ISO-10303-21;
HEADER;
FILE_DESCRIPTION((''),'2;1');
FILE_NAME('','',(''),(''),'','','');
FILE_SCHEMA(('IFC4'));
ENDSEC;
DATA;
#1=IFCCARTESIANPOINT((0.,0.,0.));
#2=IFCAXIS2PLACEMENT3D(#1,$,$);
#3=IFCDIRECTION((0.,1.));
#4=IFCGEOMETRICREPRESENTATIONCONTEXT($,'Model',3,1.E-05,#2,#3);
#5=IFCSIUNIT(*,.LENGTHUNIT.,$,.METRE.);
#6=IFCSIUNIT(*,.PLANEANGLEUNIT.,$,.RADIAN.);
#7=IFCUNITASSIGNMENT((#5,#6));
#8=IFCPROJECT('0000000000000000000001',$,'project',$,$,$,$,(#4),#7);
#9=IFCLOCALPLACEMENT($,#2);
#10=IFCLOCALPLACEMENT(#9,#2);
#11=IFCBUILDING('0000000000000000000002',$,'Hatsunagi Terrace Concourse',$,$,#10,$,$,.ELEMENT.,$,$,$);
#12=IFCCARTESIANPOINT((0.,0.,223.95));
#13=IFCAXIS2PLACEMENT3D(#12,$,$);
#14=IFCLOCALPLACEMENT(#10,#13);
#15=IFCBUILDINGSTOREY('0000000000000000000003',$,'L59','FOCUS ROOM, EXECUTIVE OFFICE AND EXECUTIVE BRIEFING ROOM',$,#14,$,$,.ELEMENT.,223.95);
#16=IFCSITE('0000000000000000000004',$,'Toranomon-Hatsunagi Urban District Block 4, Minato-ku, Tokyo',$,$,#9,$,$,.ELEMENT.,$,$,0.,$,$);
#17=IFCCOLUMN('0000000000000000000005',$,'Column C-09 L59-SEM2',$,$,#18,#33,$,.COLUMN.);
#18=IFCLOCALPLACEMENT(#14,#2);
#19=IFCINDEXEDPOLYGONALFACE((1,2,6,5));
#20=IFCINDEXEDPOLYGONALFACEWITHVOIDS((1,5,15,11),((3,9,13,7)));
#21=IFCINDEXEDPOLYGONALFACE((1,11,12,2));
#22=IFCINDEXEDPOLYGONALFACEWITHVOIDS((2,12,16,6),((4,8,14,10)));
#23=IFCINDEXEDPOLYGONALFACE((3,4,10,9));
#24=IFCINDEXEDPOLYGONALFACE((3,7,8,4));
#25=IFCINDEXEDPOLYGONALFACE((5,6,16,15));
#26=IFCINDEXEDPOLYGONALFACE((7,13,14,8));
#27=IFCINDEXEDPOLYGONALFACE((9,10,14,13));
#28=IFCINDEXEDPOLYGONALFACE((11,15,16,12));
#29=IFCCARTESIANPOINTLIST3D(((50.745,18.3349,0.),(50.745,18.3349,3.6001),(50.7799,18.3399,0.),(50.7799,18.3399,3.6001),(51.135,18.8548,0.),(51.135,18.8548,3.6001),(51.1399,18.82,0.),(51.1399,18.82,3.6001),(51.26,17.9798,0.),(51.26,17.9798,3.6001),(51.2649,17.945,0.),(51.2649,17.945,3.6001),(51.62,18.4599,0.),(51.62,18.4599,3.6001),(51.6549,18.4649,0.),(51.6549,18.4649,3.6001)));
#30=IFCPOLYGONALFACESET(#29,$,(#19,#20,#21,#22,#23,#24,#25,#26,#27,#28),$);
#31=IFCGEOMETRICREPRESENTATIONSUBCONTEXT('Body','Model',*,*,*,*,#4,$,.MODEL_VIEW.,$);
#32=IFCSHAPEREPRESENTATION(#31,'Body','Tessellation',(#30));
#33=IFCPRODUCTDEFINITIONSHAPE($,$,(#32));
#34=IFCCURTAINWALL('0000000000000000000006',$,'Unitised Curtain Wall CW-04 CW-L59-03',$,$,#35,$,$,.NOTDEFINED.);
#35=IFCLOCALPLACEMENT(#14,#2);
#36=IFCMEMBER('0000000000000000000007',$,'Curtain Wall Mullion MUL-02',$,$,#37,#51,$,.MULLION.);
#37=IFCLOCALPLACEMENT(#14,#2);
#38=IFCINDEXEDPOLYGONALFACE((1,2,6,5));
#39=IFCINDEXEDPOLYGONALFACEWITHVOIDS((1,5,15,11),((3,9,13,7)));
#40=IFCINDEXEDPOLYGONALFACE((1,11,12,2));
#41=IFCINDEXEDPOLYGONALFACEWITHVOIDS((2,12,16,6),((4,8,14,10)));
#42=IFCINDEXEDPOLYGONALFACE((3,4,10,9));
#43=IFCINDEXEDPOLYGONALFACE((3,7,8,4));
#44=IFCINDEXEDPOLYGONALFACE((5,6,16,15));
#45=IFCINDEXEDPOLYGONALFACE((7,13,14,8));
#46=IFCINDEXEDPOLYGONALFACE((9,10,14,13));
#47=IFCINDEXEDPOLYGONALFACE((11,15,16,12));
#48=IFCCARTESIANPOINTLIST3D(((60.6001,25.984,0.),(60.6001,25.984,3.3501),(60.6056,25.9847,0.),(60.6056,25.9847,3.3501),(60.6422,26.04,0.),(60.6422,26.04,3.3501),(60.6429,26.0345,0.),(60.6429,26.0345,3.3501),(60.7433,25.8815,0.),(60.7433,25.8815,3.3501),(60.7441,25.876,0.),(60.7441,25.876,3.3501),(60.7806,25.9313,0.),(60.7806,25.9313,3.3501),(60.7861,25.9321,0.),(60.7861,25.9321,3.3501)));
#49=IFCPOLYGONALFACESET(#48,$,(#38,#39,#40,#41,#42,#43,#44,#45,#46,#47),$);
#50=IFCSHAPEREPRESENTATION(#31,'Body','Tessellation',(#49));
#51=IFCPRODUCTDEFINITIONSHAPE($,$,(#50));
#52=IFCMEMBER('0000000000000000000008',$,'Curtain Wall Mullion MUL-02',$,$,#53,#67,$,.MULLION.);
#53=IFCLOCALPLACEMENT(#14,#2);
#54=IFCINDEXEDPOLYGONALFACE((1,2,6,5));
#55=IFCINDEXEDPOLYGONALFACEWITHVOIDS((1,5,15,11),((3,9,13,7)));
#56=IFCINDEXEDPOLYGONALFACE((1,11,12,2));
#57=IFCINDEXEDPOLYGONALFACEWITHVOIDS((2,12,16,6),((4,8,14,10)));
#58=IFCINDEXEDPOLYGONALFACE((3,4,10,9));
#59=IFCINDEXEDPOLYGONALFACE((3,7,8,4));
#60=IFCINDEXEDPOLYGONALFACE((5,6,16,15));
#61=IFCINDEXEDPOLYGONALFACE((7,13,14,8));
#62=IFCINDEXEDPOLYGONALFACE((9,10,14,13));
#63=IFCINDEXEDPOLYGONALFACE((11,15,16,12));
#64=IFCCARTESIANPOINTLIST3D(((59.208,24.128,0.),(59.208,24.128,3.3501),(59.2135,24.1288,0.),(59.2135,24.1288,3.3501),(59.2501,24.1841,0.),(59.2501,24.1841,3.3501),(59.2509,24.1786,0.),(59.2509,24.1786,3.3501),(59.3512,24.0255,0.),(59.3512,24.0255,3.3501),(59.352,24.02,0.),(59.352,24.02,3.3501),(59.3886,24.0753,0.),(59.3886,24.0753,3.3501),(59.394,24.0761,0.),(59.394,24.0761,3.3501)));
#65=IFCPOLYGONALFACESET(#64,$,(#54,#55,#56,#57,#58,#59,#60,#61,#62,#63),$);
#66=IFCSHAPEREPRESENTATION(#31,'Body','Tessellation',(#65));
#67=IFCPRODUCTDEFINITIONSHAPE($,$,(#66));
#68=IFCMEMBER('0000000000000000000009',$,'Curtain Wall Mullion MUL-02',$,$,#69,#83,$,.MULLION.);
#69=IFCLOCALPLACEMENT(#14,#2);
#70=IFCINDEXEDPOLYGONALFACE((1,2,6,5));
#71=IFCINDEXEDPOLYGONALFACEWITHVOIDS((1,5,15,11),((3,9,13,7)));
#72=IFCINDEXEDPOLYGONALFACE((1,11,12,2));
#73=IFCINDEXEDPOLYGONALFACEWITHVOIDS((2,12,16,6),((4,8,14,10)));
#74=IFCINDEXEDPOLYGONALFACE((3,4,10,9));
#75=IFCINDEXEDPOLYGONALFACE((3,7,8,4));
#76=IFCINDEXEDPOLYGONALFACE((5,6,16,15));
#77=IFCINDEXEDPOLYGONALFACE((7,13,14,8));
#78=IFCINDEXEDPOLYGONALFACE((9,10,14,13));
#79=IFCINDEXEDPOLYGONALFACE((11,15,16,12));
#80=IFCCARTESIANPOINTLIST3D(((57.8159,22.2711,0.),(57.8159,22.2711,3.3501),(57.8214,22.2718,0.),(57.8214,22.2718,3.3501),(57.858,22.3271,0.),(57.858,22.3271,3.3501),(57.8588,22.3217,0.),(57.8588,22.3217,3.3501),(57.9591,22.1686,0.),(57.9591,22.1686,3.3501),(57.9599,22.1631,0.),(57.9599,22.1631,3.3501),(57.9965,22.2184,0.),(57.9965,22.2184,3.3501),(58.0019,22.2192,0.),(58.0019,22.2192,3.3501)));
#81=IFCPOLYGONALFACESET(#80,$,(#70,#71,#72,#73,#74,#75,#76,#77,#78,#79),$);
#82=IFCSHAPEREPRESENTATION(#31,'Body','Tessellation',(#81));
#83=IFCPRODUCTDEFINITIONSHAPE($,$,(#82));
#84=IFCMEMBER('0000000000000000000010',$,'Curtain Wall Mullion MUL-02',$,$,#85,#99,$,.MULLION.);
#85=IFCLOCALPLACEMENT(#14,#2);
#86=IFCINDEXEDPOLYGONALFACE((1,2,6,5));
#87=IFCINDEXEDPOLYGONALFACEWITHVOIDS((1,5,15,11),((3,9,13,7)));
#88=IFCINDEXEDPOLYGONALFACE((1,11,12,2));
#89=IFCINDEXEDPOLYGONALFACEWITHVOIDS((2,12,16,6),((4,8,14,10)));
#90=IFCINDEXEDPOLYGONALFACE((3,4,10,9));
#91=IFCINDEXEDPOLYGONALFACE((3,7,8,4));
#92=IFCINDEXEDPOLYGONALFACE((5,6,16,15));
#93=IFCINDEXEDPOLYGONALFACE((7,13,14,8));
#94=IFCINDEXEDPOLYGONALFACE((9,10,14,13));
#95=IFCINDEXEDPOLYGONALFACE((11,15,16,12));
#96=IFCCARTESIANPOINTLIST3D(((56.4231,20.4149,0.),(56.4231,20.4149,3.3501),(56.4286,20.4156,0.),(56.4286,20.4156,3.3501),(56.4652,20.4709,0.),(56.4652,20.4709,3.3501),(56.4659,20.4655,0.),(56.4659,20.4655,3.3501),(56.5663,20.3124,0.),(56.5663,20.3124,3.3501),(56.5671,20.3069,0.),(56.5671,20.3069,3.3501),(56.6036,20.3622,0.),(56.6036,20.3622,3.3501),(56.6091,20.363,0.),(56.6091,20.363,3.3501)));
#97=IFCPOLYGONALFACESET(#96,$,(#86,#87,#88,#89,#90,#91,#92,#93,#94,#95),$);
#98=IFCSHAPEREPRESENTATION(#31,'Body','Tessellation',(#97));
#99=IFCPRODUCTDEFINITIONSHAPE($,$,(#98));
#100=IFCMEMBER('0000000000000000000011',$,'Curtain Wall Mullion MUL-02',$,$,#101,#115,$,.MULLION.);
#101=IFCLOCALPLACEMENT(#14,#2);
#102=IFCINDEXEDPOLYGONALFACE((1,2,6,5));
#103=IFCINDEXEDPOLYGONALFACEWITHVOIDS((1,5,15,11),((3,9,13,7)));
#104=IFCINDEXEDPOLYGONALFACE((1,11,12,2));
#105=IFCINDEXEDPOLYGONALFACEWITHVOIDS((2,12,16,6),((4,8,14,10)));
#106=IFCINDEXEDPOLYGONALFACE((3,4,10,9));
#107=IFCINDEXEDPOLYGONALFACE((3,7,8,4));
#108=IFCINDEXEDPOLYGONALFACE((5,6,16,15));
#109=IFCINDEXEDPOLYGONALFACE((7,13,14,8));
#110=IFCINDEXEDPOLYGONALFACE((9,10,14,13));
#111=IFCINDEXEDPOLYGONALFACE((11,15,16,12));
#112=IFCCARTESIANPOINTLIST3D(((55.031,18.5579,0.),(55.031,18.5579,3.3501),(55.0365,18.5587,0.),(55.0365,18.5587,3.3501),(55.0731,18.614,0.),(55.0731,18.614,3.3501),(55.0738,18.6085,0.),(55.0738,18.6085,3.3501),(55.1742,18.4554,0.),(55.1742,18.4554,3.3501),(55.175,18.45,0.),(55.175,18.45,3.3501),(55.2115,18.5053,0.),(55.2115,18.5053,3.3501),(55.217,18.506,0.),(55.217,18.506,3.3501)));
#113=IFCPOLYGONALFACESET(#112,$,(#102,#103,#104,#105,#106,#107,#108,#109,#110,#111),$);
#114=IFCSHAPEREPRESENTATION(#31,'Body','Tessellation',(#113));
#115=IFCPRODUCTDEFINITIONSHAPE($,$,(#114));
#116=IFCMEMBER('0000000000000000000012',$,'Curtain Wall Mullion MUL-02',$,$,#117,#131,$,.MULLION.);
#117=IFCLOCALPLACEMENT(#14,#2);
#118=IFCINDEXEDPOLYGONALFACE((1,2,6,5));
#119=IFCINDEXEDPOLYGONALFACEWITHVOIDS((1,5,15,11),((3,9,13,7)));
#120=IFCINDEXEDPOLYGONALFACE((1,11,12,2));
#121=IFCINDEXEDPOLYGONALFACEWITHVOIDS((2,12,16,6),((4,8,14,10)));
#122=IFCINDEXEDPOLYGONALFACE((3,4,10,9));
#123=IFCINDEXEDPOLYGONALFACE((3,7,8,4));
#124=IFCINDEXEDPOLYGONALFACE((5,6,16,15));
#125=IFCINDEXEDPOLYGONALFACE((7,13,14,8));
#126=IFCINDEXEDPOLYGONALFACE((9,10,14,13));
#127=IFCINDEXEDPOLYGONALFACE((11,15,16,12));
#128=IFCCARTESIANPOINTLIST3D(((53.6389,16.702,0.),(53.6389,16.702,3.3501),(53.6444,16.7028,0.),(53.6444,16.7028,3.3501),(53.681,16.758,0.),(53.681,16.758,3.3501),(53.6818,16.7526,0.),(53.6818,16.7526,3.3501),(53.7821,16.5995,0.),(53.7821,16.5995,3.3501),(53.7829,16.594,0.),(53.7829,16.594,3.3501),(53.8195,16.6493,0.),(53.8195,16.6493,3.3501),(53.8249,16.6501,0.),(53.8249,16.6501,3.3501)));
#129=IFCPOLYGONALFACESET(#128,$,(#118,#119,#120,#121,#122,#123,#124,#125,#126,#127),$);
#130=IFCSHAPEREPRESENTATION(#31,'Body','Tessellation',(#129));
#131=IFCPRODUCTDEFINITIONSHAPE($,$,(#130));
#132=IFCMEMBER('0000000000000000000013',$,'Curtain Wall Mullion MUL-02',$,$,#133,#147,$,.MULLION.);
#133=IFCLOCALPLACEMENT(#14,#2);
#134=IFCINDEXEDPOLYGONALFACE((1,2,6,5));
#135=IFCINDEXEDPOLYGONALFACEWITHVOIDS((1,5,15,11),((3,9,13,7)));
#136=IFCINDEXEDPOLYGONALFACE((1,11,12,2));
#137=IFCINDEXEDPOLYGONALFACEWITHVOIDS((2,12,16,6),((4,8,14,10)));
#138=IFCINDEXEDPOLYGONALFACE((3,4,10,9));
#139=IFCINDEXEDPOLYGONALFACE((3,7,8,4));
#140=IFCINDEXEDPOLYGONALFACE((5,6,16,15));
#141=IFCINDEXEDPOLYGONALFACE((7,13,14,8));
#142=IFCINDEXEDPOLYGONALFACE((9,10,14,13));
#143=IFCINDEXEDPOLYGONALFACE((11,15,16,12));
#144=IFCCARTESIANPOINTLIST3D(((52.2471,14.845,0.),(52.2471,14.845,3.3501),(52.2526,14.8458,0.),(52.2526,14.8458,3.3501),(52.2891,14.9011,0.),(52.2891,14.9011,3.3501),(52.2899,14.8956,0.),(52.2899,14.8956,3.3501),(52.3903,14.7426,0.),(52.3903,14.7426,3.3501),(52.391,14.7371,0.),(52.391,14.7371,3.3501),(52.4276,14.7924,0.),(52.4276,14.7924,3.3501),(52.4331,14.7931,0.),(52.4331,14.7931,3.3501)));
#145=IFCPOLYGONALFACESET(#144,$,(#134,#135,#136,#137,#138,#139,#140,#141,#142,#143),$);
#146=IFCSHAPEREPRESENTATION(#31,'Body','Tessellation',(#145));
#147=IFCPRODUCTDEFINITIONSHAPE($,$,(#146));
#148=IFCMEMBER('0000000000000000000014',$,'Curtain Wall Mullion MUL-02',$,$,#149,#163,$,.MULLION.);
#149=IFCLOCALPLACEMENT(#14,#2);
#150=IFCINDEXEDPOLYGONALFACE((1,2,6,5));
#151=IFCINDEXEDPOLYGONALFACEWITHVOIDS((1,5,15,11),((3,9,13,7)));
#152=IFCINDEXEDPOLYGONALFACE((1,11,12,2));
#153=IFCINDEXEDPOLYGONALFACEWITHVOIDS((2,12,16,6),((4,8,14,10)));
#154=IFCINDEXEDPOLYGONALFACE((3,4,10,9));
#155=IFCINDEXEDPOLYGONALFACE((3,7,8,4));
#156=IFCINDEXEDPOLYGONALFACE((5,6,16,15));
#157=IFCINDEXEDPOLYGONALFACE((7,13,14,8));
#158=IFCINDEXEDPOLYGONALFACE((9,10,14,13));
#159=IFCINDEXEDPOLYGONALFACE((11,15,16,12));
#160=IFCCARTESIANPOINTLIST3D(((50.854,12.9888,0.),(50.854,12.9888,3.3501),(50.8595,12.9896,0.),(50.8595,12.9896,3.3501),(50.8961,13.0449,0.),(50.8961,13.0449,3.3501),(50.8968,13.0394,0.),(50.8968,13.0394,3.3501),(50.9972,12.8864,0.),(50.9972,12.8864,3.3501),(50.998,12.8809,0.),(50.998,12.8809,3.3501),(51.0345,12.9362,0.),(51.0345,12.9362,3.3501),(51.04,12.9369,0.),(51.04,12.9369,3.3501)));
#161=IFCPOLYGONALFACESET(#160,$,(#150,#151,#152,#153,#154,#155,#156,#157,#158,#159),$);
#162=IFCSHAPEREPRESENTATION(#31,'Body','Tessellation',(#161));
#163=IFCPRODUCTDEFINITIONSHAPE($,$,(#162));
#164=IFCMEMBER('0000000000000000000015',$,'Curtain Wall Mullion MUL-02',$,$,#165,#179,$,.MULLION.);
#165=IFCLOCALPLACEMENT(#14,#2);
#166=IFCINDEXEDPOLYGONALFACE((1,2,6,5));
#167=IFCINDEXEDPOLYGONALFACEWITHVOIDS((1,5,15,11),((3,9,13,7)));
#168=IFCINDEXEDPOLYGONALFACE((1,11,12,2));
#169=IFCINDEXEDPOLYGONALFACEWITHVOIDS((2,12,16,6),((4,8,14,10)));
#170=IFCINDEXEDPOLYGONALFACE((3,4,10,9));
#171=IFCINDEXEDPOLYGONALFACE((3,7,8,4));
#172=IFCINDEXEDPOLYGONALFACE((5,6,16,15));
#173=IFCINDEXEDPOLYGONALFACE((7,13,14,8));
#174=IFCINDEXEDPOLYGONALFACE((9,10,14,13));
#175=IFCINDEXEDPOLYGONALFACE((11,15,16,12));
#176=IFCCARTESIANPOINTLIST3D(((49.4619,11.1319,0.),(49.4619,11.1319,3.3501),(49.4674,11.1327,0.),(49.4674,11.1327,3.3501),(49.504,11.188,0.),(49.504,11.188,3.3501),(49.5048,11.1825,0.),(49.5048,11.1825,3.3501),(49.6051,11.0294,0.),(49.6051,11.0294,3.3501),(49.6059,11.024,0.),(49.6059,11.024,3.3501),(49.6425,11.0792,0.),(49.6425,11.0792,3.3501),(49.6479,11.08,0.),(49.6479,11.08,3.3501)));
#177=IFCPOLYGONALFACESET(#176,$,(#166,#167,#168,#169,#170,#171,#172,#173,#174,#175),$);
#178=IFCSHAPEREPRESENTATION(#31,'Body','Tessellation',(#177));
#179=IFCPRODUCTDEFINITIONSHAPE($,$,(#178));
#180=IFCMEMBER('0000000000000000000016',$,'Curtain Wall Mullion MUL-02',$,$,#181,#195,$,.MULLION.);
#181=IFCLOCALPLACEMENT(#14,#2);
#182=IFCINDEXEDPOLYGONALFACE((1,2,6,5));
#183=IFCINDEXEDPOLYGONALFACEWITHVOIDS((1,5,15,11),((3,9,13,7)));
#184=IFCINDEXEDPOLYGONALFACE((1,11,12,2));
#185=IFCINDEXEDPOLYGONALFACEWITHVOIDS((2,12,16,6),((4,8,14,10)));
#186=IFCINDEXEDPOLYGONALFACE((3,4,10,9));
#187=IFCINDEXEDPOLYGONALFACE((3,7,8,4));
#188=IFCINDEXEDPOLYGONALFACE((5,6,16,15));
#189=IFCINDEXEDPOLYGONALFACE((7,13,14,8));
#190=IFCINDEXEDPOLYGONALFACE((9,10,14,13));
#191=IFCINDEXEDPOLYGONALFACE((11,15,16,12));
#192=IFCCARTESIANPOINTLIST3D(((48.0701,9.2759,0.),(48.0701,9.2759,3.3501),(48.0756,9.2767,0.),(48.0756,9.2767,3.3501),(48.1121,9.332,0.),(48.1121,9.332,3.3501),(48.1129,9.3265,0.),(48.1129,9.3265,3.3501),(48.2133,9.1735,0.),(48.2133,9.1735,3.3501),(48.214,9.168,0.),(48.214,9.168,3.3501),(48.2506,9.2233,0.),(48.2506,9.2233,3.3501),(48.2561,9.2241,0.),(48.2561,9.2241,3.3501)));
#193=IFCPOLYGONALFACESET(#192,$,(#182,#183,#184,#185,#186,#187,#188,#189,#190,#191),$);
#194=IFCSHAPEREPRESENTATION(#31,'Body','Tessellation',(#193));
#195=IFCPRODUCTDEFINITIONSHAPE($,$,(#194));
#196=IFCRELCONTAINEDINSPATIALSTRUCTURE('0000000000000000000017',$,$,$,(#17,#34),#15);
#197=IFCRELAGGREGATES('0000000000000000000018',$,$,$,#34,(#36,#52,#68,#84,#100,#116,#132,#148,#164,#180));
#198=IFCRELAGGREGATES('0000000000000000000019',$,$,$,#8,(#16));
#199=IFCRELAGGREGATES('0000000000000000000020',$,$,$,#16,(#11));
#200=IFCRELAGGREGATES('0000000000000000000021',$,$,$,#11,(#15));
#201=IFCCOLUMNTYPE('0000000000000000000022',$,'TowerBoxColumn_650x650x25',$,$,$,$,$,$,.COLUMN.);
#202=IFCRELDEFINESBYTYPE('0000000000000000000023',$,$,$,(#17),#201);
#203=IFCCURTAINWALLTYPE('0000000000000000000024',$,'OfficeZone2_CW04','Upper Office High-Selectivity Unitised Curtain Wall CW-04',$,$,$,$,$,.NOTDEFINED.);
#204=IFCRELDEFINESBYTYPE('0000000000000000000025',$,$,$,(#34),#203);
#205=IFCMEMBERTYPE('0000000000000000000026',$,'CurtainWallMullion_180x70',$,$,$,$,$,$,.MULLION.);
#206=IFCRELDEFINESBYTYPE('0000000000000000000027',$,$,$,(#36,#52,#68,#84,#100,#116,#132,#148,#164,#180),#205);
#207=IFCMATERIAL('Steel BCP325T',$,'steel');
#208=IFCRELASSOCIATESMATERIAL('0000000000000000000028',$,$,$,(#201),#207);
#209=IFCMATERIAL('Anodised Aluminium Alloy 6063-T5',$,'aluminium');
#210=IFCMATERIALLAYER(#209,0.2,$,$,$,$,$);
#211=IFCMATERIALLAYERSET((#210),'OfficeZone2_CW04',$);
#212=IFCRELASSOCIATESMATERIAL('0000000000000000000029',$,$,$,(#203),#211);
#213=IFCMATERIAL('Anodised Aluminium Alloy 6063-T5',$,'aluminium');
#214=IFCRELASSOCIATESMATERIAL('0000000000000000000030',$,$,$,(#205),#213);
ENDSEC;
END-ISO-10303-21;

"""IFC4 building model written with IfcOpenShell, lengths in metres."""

from ifc_helpers import new_model, si_unit, direction, frame, origin, origin_2d, place, context, subcontext, project, spatial, hollow_rectangle, extrude, material, layer, layer_set, material_profile, profile_set, type_object, element, aggregate, save


model = new_model("IFC4")

# Units and contexts
model_context = context("Model", 3, precision=1e-05, world=origin(), true_north=direction((0.0, 1.0)))
body_context = subcontext(model_context, "Body", "Model", "MODEL_VIEW")
ifc_project = project(units=[si_unit("LENGTHUNIT", "METRE"), si_unit("PLANEANGLEUNIT", "RADIAN")], contexts=[model_context])

# Site, building, storey
site_placement = place(None, origin())
site = spatial("IfcSite", under=ifc_project, at=site_placement, Name="Toranomon-Hatsunagi Urban District Block 4, Minato-ku, Tokyo", CompositionType="ELEMENT", RefElevation=0.0)
building_placement = place(site_placement, origin())
building = spatial("IfcBuilding", under=site, at=building_placement, Name="Hatsunagi Terrace Concourse", CompositionType="ELEMENT")
storey_placement = place(building_placement, frame((0.0, 0.0, 223.95)))
storey = spatial("IfcBuildingStorey", under=building, at=storey_placement, Name="L59", Description="FOCUS ROOM, EXECUTIVE OFFICE AND EXECUTIVE BRIEFING ROOM", CompositionType="ELEMENT", Elevation=223.95)

# Column
ifc_material_1 = material(Name="Steel BCP325T", Category="steel")
ifc_material_profile_1 = material_profile(ifc_material_1, hollow_rectangle(XDim=0.6499, YDim=0.6499, WallThickness=0.0249, at=origin_2d()), Name="BCP-650x650x25")
ifc_profile_set_1 = profile_set([ifc_material_profile_1], Name="Steel BCP325T")
column_type = type_object("IfcColumnType", Name="TowerBoxColumn_650x650x25", PredefinedType="COLUMN", material=ifc_profile_set_1)
column_placement = place(storey_placement, frame((51.2, 18.3999, 0.0), z_axis=(0.0, 0.0, 1.0), x_axis=(0.8, -0.6, 0.0)))
element("IfcColumn", 1, at=column_placement, inside=storey, type_object=column_type, Name="Column C-09 L59-SEM2", PredefinedType="COLUMN", context=body_context, shape_type="SweptSolid", body=[
    extrude(hollow_rectangle(XDim=0.6499, YDim=0.6499, WallThickness=0.0249, at=origin_2d()), origin(), (0.0, 0.0, 1.0), 3.6001),
])

# Curtain wall, members
ifc_material_2 = material(Name="Anodised Aluminium Alloy 6063-T5", Category="aluminium")
ifc_layer_1 = layer(ifc_material_2, 0.2)
ifc_layer_set_1 = layer_set([ifc_layer_1], Name="OfficeZone2_CW04")
curtain_wall_type = type_object("IfcCurtainWallType", Name="OfficeZone2_CW04", Description="Upper Office High-Selectivity Unitised Curtain Wall CW-04", PredefinedType="NOTDEFINED", material=ifc_layer_set_1)
curtain_wall_placement = place(storey_placement, origin())
curtain_wall = element("IfcCurtainWall", 2, at=curtain_wall_placement, inside=storey, type_object=curtain_wall_type, Name="Unitised Curtain Wall CW-04 CW-L59-03", PredefinedType="NOTDEFINED")
ifc_material_3 = material(Name="Anodised Aluminium Alloy 6063-T5", Category="aluminium")
ifc_material_profile_2 = material_profile(ifc_material_3, hollow_rectangle(XDim=0.0701, YDim=0.1799, WallThickness=0.0039, at=origin_2d()), Name="ALU-MUL-180x70x4")
ifc_profile_set_2 = profile_set([ifc_material_profile_2], Name="Anodised Aluminium Alloy 6063-T5")
member_type_1 = type_object("IfcMemberType", Name="CurtainWallMullion_180x70", PredefinedType="MULLION", material=ifc_profile_set_2)
member_1_placement = place(storey_placement, frame((60.6931, 25.958, 0.0), z_axis=(0.0, 0.0, 1.0), x_axis=(-0.599969, -0.800023, 0.0)))
member_1 = element("IfcMember", 3, at=member_1_placement, type_object=member_type_1, Name="Curtain Wall Mullion MUL-02", PredefinedType="MULLION", context=body_context, shape_type="SweptSolid", body=[
    extrude(hollow_rectangle(XDim=0.0701, YDim=0.1799, WallThickness=0.0039, at=origin_2d()), origin(), (0.0, 0.0, 1.0), 3.3501),
])
member_2_placement = place(storey_placement, frame((59.301, 24.1021, 0.0), z_axis=(0.0, 0.0, 1.0), x_axis=(-0.599969, -0.800023, 0.0)))
member_2 = element("IfcMember", 4, at=member_2_placement, type_object=member_type_1, Name="Curtain Wall Mullion MUL-02", PredefinedType="MULLION", context=body_context, shape_type="SweptSolid", body=[
    extrude(hollow_rectangle(XDim=0.0701, YDim=0.1799, WallThickness=0.0039, at=origin_2d()), origin(), (0.0, 0.0, 1.0), 3.3501),
])
member_3_placement = place(storey_placement, frame((57.9089, 22.2451, 0.0), z_axis=(0.0, 0.0, 1.0), x_axis=(-0.599969, -0.800023, 0.0)))
member_3 = element("IfcMember", 5, at=member_3_placement, type_object=member_type_1, Name="Curtain Wall Mullion MUL-02", PredefinedType="MULLION", context=body_context, shape_type="SweptSolid", body=[
    extrude(hollow_rectangle(XDim=0.0701, YDim=0.1799, WallThickness=0.0039, at=origin_2d()), origin(), (0.0, 0.0, 1.0), 3.3501),
])
member_4_placement = place(storey_placement, frame((56.5161, 20.3889, 0.0), z_axis=(0.0, 0.0, 1.0), x_axis=(-0.599969, -0.800023, 0.0)))
member_4 = element("IfcMember", 6, at=member_4_placement, type_object=member_type_1, Name="Curtain Wall Mullion MUL-02", PredefinedType="MULLION", context=body_context, shape_type="SweptSolid", body=[
    extrude(hollow_rectangle(XDim=0.0701, YDim=0.1799, WallThickness=0.0039, at=origin_2d()), origin(), (0.0, 0.0, 1.0), 3.3501),
])
member_5_placement = place(storey_placement, frame((55.124, 18.532, 0.0), z_axis=(0.0, 0.0, 1.0), x_axis=(-0.599969, -0.800023, 0.0)))
member_5 = element("IfcMember", 7, at=member_5_placement, type_object=member_type_1, Name="Curtain Wall Mullion MUL-02", PredefinedType="MULLION", context=body_context, shape_type="SweptSolid", body=[
    extrude(hollow_rectangle(XDim=0.0701, YDim=0.1799, WallThickness=0.0039, at=origin_2d()), origin(), (0.0, 0.0, 1.0), 3.3501),
])
member_6_placement = place(storey_placement, frame((53.7319, 16.676, 0.0), z_axis=(0.0, 0.0, 1.0), x_axis=(-0.599969, -0.800023, 0.0)))
member_6 = element("IfcMember", 8, at=member_6_placement, type_object=member_type_1, Name="Curtain Wall Mullion MUL-02", PredefinedType="MULLION", context=body_context, shape_type="SweptSolid", body=[
    extrude(hollow_rectangle(XDim=0.0701, YDim=0.1799, WallThickness=0.0039, at=origin_2d()), origin(), (0.0, 0.0, 1.0), 3.3501),
])
member_7_placement = place(storey_placement, frame((52.3401, 14.8191, 0.0), z_axis=(0.0, 0.0, 1.0), x_axis=(-0.599969, -0.800023, 0.0)))
member_7 = element("IfcMember", 9, at=member_7_placement, type_object=member_type_1, Name="Curtain Wall Mullion MUL-02", PredefinedType="MULLION", context=body_context, shape_type="SweptSolid", body=[
    extrude(hollow_rectangle(XDim=0.0701, YDim=0.1799, WallThickness=0.0039, at=origin_2d()), origin(), (0.0, 0.0, 1.0), 3.3501),
])
member_8_placement = place(storey_placement, frame((50.947, 12.9629, 0.0), z_axis=(0.0, 0.0, 1.0), x_axis=(-0.599969, -0.800023, 0.0)))
member_8 = element("IfcMember", 10, at=member_8_placement, type_object=member_type_1, Name="Curtain Wall Mullion MUL-02", PredefinedType="MULLION", context=body_context, shape_type="SweptSolid", body=[
    extrude(hollow_rectangle(XDim=0.0701, YDim=0.1799, WallThickness=0.0039, at=origin_2d()), origin(), (0.0, 0.0, 1.0), 3.3501),
])
member_9_placement = place(storey_placement, frame((49.5549, 11.106, 0.0), z_axis=(0.0, 0.0, 1.0), x_axis=(-0.599969, -0.800023, 0.0)))
member_9 = element("IfcMember", 11, at=member_9_placement, type_object=member_type_1, Name="Curtain Wall Mullion MUL-02", PredefinedType="MULLION", context=body_context, shape_type="SweptSolid", body=[
    extrude(hollow_rectangle(XDim=0.0701, YDim=0.1799, WallThickness=0.0039, at=origin_2d()), origin(), (0.0, 0.0, 1.0), 3.3501),
])
member_10_placement = place(storey_placement, frame((48.1631, 9.25, 0.0), z_axis=(0.0, 0.0, 1.0), x_axis=(-0.599969, -0.800023, 0.0)))
member_10 = element("IfcMember", 12, at=member_10_placement, type_object=member_type_1, Name="Curtain Wall Mullion MUL-02", PredefinedType="MULLION", context=body_context, shape_type="SweptSolid", body=[
    extrude(hollow_rectangle(XDim=0.0701, YDim=0.1799, WallThickness=0.0039, at=origin_2d()), origin(), (0.0, 0.0, 1.0), 3.3501),
])

aggregate(curtain_wall, [member_1, member_2, member_3, member_4, member_5, member_6, member_7, member_8, member_9, member_10])

save(model, "model.ifc")
